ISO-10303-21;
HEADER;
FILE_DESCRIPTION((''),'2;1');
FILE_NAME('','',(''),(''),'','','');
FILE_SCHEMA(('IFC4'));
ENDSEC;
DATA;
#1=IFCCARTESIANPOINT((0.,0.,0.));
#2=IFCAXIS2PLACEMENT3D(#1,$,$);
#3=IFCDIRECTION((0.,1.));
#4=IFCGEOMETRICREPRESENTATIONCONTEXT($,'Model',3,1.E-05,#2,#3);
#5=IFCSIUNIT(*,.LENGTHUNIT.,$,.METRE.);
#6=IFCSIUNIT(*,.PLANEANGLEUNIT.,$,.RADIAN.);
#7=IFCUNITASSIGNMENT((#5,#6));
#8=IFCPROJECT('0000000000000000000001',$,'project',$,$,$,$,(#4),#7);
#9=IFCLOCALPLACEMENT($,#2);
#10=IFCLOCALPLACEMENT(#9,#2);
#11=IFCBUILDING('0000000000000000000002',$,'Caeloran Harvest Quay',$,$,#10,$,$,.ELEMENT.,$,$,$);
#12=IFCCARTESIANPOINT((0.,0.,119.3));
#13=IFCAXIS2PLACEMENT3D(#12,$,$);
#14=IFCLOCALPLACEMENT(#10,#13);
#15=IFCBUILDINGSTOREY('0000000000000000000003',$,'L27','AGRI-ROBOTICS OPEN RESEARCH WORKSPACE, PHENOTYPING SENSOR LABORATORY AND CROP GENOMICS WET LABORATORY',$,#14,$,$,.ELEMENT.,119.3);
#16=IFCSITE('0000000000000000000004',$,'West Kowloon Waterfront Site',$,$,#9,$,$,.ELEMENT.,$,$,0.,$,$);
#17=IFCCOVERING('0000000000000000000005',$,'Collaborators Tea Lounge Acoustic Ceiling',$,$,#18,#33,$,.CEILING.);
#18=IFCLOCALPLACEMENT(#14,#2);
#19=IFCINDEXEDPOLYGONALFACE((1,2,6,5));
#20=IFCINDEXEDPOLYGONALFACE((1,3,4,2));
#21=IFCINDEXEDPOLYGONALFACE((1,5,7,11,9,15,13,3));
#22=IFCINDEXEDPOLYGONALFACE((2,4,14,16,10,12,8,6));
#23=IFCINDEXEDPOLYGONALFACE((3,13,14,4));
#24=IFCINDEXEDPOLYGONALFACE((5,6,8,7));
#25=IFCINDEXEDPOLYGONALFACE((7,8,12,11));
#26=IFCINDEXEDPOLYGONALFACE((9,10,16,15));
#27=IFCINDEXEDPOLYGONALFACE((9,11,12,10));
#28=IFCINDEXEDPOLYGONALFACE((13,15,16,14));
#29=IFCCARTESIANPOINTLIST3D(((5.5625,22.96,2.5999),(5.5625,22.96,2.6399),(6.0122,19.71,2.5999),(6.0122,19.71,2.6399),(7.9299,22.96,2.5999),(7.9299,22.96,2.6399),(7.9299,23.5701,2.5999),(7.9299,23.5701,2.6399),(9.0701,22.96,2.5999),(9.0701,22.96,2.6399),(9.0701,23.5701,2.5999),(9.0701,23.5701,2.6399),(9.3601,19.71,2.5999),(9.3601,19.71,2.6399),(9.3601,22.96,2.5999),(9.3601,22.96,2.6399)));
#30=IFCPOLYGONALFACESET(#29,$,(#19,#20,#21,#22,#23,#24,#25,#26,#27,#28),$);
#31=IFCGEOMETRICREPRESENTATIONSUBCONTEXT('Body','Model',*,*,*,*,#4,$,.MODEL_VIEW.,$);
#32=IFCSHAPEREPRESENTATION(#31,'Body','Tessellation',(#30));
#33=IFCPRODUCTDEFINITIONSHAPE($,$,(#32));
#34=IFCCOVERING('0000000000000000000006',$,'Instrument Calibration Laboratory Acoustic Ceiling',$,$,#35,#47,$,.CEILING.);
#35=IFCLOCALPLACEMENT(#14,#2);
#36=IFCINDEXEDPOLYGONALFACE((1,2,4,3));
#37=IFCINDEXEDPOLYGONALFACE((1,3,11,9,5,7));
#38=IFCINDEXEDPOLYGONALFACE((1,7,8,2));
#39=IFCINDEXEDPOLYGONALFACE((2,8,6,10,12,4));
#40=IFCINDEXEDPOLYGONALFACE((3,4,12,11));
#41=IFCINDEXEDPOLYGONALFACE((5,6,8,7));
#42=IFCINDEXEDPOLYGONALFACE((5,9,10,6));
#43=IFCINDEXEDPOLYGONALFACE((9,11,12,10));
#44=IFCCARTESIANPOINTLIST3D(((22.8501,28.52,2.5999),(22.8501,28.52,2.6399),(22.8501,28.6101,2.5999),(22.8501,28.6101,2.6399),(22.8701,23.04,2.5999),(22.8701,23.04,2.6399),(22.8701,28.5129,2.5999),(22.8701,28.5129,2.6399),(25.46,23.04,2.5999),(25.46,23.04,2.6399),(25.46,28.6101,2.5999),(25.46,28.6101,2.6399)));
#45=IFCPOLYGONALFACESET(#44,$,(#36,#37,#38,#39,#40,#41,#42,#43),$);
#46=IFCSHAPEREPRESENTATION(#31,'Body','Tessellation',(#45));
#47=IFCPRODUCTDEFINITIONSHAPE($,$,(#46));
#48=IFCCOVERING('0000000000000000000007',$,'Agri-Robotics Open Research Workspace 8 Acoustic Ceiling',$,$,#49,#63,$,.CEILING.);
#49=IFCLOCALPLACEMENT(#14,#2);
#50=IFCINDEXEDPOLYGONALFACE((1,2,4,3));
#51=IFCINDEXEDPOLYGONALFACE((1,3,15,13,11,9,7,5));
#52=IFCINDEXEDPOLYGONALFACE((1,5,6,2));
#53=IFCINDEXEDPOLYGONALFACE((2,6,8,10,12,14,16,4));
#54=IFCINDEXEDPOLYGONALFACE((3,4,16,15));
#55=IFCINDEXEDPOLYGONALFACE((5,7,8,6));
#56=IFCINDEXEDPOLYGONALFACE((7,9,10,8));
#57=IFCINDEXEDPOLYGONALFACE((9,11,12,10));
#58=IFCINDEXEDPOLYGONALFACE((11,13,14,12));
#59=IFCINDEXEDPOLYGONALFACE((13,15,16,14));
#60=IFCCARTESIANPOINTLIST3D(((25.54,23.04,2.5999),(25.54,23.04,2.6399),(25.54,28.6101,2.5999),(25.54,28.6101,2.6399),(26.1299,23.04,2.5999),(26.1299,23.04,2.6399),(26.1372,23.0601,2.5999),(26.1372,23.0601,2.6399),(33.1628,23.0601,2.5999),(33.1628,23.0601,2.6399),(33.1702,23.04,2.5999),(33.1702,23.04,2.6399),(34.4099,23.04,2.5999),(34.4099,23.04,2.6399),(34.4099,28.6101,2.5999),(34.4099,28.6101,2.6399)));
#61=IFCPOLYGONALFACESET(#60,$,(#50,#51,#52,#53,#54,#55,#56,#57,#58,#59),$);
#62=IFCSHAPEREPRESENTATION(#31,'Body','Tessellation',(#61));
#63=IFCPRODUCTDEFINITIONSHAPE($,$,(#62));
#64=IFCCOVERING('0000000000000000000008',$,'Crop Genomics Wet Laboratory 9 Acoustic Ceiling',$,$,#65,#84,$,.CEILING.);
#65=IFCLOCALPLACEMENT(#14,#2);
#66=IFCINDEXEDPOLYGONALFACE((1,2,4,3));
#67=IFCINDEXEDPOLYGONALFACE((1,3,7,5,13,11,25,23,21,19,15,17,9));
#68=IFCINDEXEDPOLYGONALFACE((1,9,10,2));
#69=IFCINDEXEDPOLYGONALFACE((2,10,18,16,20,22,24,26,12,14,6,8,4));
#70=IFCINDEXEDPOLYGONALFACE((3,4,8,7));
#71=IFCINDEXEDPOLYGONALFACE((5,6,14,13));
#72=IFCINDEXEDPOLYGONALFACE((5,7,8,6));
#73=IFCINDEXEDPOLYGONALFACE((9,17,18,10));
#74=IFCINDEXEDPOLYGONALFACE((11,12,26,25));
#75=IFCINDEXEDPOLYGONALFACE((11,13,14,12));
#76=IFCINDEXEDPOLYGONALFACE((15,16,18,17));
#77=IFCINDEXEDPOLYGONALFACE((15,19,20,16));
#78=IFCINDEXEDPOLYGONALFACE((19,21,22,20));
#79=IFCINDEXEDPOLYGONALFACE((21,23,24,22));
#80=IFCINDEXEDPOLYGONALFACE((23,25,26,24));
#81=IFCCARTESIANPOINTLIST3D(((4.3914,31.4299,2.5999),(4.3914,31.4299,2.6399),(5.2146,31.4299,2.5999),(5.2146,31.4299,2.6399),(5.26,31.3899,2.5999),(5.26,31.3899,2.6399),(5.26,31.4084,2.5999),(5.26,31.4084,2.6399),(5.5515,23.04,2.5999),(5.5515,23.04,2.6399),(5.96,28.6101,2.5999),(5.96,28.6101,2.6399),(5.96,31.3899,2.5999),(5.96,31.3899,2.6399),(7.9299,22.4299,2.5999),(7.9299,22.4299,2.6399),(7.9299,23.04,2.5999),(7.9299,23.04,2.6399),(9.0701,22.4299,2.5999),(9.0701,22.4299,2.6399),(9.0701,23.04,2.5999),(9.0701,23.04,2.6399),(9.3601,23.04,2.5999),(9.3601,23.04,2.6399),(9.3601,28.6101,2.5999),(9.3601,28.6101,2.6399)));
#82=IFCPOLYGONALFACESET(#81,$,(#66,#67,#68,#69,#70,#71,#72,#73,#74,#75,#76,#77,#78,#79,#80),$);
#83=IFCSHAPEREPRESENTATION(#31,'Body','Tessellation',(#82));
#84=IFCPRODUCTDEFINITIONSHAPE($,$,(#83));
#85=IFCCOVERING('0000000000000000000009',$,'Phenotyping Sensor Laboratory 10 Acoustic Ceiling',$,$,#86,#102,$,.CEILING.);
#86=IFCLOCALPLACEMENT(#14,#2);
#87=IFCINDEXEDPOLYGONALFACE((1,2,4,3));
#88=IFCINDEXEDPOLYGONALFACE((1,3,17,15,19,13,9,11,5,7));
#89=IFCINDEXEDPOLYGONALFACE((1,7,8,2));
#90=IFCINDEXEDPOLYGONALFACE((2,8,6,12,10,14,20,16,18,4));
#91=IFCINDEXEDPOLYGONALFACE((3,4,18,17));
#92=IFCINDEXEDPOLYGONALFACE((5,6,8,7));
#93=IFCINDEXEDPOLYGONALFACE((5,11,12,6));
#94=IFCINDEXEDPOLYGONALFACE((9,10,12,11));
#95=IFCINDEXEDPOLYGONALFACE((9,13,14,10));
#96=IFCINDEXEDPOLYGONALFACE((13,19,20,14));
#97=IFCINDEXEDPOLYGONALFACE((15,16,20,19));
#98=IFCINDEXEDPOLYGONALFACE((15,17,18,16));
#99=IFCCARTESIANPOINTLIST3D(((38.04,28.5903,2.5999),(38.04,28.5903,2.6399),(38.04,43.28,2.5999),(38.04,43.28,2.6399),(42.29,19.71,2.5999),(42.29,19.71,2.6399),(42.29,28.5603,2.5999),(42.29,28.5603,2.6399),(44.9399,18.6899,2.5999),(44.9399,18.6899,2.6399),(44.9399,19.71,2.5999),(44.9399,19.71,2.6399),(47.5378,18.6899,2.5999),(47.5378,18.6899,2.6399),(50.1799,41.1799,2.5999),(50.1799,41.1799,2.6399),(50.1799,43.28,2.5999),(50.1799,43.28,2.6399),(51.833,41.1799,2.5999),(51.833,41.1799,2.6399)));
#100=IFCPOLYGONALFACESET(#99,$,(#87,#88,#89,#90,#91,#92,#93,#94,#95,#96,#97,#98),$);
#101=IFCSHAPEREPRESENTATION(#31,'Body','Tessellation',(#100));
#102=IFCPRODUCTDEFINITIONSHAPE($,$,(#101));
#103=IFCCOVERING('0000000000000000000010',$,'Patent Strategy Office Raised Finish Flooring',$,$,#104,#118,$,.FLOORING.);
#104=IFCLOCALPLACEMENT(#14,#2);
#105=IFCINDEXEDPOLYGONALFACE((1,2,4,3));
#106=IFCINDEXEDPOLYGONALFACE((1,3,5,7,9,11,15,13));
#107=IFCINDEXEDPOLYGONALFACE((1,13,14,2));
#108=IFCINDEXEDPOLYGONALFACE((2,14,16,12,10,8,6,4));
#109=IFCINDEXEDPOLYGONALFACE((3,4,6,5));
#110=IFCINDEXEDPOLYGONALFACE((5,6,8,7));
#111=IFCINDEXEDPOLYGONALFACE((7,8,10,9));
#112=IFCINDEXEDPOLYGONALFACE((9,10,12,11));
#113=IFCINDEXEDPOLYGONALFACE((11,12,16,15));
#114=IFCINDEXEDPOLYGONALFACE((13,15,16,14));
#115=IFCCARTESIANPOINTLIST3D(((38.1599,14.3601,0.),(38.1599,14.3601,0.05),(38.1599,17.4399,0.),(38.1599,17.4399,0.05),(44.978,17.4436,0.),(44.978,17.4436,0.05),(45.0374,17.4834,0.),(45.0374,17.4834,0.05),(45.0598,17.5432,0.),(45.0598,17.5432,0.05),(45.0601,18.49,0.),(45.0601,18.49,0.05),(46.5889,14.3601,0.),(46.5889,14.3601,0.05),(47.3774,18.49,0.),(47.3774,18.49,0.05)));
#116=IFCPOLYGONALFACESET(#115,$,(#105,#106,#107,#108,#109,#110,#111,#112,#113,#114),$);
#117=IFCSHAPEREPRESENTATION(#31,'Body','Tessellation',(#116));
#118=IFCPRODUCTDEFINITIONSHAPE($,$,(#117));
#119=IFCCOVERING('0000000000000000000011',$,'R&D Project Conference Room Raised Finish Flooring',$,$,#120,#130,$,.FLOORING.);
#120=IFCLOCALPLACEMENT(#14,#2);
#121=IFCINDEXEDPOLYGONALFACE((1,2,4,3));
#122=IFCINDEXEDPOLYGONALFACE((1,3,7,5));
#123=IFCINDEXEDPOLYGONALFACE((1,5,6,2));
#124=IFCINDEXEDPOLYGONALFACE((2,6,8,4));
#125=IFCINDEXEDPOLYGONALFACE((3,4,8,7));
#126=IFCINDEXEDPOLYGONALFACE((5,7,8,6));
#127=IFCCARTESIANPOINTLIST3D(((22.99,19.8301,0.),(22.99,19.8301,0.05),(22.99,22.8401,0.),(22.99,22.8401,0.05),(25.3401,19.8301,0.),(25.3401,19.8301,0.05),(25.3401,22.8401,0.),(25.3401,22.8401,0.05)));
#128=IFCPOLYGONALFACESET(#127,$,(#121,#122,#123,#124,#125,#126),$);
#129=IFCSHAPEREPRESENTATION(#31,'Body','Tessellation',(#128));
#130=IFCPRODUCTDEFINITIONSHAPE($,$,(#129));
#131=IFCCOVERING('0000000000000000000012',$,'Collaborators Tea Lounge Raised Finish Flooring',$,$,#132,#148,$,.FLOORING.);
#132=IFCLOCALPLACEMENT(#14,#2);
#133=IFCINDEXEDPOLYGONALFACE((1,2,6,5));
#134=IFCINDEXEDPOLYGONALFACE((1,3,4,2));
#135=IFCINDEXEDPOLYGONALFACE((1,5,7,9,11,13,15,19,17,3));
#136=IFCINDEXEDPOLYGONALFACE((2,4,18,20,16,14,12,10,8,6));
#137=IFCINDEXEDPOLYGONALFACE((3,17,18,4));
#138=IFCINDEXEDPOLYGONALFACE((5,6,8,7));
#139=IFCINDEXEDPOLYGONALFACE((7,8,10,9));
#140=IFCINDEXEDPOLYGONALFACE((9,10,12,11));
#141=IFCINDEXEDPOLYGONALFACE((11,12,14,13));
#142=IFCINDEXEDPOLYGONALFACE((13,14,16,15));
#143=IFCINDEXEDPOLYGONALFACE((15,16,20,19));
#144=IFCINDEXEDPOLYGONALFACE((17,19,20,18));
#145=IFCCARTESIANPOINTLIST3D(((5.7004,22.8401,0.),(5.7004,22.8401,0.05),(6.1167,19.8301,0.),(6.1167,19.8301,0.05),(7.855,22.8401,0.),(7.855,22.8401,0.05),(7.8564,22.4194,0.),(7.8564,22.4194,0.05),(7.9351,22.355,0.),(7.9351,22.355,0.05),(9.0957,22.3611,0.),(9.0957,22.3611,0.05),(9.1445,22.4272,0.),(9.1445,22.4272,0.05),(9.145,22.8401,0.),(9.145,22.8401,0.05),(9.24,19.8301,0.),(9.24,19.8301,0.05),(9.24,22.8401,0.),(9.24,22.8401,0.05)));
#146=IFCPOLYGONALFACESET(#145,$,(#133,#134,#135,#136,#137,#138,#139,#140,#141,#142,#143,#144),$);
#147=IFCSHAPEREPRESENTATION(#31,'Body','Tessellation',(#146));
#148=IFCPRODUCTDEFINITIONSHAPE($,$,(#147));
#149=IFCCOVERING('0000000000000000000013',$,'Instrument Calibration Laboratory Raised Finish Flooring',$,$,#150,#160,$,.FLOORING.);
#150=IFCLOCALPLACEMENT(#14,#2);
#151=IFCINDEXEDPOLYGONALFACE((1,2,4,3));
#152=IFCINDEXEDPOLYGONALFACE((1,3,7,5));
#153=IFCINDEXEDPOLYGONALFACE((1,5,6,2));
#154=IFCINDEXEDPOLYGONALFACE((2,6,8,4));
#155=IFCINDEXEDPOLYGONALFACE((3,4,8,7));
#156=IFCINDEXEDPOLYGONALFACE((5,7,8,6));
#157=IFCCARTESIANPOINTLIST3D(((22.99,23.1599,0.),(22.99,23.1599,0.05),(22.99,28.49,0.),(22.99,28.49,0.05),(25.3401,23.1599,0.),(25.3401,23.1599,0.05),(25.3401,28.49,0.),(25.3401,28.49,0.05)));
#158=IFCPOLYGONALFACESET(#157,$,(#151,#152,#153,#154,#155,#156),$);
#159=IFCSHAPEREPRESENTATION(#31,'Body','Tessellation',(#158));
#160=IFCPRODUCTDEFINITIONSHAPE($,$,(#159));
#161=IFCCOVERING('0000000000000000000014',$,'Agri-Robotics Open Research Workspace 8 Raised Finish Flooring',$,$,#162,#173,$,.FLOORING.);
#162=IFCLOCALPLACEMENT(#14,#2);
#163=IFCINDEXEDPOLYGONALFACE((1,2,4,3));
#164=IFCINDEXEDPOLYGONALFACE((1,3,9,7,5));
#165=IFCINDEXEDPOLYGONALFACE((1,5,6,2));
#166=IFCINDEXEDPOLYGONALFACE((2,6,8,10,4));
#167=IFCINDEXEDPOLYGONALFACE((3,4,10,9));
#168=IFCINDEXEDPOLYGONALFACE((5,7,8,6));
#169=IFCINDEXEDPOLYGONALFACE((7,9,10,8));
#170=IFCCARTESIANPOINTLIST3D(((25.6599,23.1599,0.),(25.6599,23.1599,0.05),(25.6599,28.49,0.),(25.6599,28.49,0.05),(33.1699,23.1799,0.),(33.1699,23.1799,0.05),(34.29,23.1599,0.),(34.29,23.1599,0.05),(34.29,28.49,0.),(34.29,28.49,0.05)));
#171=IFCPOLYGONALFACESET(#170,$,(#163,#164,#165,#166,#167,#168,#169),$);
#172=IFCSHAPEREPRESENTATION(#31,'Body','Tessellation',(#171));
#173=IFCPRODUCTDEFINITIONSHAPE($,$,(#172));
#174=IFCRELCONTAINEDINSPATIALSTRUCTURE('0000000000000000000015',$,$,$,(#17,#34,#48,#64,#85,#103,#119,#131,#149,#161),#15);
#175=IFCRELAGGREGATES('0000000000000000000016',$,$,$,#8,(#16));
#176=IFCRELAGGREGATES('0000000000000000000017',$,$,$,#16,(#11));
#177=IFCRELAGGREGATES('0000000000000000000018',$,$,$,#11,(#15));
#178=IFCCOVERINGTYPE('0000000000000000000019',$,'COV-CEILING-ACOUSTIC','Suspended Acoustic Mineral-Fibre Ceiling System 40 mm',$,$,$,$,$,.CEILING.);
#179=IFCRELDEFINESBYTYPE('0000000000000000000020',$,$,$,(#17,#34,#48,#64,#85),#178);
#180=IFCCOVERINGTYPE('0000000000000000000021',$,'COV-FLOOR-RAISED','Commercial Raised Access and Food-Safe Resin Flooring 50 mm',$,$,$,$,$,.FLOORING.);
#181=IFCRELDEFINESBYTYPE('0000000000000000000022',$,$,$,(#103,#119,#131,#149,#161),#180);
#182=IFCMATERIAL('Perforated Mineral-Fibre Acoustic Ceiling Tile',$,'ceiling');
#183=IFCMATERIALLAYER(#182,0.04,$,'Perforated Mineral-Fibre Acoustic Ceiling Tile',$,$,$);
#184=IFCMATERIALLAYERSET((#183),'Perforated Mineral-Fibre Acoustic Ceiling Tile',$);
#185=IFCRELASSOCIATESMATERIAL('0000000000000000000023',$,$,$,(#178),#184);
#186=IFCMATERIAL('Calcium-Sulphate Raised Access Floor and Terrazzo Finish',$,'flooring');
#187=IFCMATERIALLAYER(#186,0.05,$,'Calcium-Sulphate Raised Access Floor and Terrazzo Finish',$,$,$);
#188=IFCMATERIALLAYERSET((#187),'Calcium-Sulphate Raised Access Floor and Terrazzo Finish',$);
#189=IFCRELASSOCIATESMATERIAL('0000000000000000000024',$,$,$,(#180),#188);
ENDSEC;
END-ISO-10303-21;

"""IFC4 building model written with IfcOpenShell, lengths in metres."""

from ifc_helpers import new_model, si_unit, direction, frame, origin, place, context, subcontext, project, spatial, polyline, outline, extrude, material, layer, layer_set, type_object, element, save


model = new_model("IFC4")

# Units and contexts
model_context = context("Model", 3, precision=1e-05, world=origin(), true_north=direction((0.0, 1.0)))
body_context = subcontext(model_context, "Body", "Model", "MODEL_VIEW")
ifc_project = project(units=[si_unit("LENGTHUNIT", "METRE"), si_unit("PLANEANGLEUNIT", "RADIAN")], contexts=[model_context])

# Site, building, storey
site_placement = place(None, origin())
site = spatial("IfcSite", under=ifc_project, at=site_placement, Name="West Kowloon Waterfront Site", CompositionType="ELEMENT", RefElevation=0.0)
building_placement = place(site_placement, origin())
building = spatial("IfcBuilding", under=site, at=building_placement, Name="Caeloran Harvest Quay", CompositionType="ELEMENT")
storey_placement = place(building_placement, frame((0.0, 0.0, 119.3)))
storey = spatial("IfcBuildingStorey", under=building, at=storey_placement, Name="L27", Description="AGRI-ROBOTICS OPEN RESEARCH WORKSPACE, PHENOTYPING SENSOR LABORATORY AND CROP GENOMICS WET LABORATORY", CompositionType="ELEMENT", Elevation=119.3)

# Coverings
ifc_material_1 = material(Name="Perforated Mineral-Fibre Acoustic Ceiling Tile", Category="ceiling")
ifc_layer_1 = layer(ifc_material_1, 0.04, Name="Perforated Mineral-Fibre Acoustic Ceiling Tile")
ifc_layer_set_1 = layer_set([ifc_layer_1], Name="Perforated Mineral-Fibre Acoustic Ceiling Tile")
covering_type_1 = type_object("IfcCoveringType", Name="COV-CEILING-ACOUSTIC", Description="Suspended Acoustic Mineral-Fibre Ceiling System 40 mm", PredefinedType="CEILING", material=ifc_layer_set_1)
covering_1_placement = place(storey_placement, frame((0.0, 0.0, 2.5999)))
element("IfcCovering", 1, at=covering_1_placement, inside=storey, type_object=covering_type_1, Name="Collaborators Tea Lounge Acoustic Ceiling", PredefinedType="CEILING", context=body_context, shape_type="SweptSolid", body=[
    extrude(outline(polyline([(9.3601, 22.96), (9.3601, 19.71), (6.0122, 19.71), (5.5625, 22.96), (7.9299, 22.96), (7.9299, 23.5701), (9.0701, 23.5701), (9.0701, 22.96), (9.3601, 22.96)])), origin(), (0.0, 0.0, 1.0), 0.04),
])
covering_2_placement = place(storey_placement, frame((0.0, 0.0, 2.5999)))
element("IfcCovering", 2, at=covering_2_placement, inside=storey, type_object=covering_type_1, Name="Instrument Calibration Laboratory Acoustic Ceiling", PredefinedType="CEILING", context=body_context, shape_type="SweptSolid", body=[
    extrude(outline(polyline([(22.8701, 28.5129), (22.8501, 28.52), (22.8501, 28.6101), (25.46, 28.6101), (25.46, 23.04), (22.8701, 23.04), (22.8701, 28.5129)])), origin(), (0.0, 0.0, 1.0), 0.04),
])
covering_3_placement = place(storey_placement, frame((0.0, 0.0, 2.5999)))
element("IfcCovering", 3, at=covering_3_placement, inside=storey, type_object=covering_type_1, Name="Agri-Robotics Open Research Workspace 8 Acoustic Ceiling", PredefinedType="CEILING", context=body_context, shape_type="SweptSolid", body=[
    extrude(outline(polyline([(26.1372, 23.0601), (26.1299, 23.04), (25.54, 23.04), (25.54, 28.6101), (34.4099, 28.6101), (34.4099, 23.04), (33.1702, 23.04), (33.1628, 23.0601), (26.1372, 23.0601)])), origin(), (0.0, 0.0, 1.0), 0.04),
])
covering_4_placement = place(storey_placement, frame((0.0, 0.0, 2.5999)))
element("IfcCovering", 4, at=covering_4_placement, inside=storey, type_object=covering_type_1, Name="Crop Genomics Wet Laboratory 9 Acoustic Ceiling", PredefinedType="CEILING", context=body_context, shape_type="SweptSolid", body=[
    extrude(outline(polyline([(9.0701, 22.4299), (7.9299, 22.4299), (7.9299, 23.04), (5.5515, 23.04), (4.3914, 31.4299), (5.2146, 31.4299), (5.26, 31.4084), (5.26, 31.3899), (5.96, 31.3899), (5.96, 28.6101), (9.3601, 28.6101), (9.3601, 23.04), (9.0701, 23.04), (9.0701, 22.4299)])), origin(), (0.0, 0.0, 1.0), 0.04),
])
covering_5_placement = place(storey_placement, frame((0.0, 0.0, 2.5999)))
element("IfcCovering", 5, at=covering_5_placement, inside=storey, type_object=covering_type_1, Name="Phenotyping Sensor Laboratory 10 Acoustic Ceiling", PredefinedType="CEILING", context=body_context, shape_type="SweptSolid", body=[
    extrude(outline(polyline([(50.1799, 41.1799), (51.833, 41.1799), (47.5378, 18.6899), (44.9399, 18.6899), (44.9399, 19.71), (42.29, 19.71), (42.29, 28.5603), (38.04, 28.5903), (38.04, 43.28), (50.1799, 43.28), (50.1799, 41.1799)])), origin(), (0.0, 0.0, 1.0), 0.04),
])
ifc_material_2 = material(Name="Calcium-Sulphate Raised Access Floor and Terrazzo Finish", Category="flooring")
ifc_layer_2 = layer(ifc_material_2, 0.05, Name="Calcium-Sulphate Raised Access Floor and Terrazzo Finish")
ifc_layer_set_2 = layer_set([ifc_layer_2], Name="Calcium-Sulphate Raised Access Floor and Terrazzo Finish")
covering_type_2 = type_object("IfcCoveringType", Name="COV-FLOOR-RAISED", Description="Commercial Raised Access and Food-Safe Resin Flooring 50 mm", PredefinedType="FLOORING", material=ifc_layer_set_2)
covering_6_placement = place(storey_placement, origin())
element("IfcCovering", 6, at=covering_6_placement, inside=storey, type_object=covering_type_2, Name="Patent Strategy Office Raised Finish Flooring", PredefinedType="FLOORING", context=body_context, shape_type="SweptSolid", body=[
    extrude(outline(polyline([(44.978, 17.4436), (45.0374, 17.4834), (45.0598, 17.5432), (45.0601, 18.49), (47.3774, 18.49), (46.5889, 14.3601), (38.1599, 14.3601), (38.1599, 17.4399), (44.978, 17.4436)])), origin(), (0.0, 0.0, 1.0), 0.05),
])
covering_7_placement = place(storey_placement, origin())
element("IfcCovering", 7, at=covering_7_placement, inside=storey, type_object=covering_type_2, Name="R&D Project Conference Room Raised Finish Flooring", PredefinedType="FLOORING", context=body_context, shape_type="SweptSolid", body=[
    extrude(outline(polyline([(25.3401, 19.8301), (22.99, 19.8301), (22.99, 22.8401), (25.3401, 22.8401), (25.3401, 19.8301)])), origin(), (0.0, 0.0, 1.0), 0.05),
])
covering_8_placement = place(storey_placement, origin())
element("IfcCovering", 8, at=covering_8_placement, inside=storey, type_object=covering_type_2, Name="Collaborators Tea Lounge Raised Finish Flooring", PredefinedType="FLOORING", context=body_context, shape_type="SweptSolid", body=[
    extrude(outline(polyline([(7.855, 22.8401), (7.8564, 22.4194), (7.9351, 22.355), (9.0957, 22.3611), (9.1445, 22.4272), (9.145, 22.8401), (9.24, 22.8401), (9.24, 19.8301), (6.1167, 19.8301), (5.7004, 22.8401), (7.855, 22.8401)])), origin(), (0.0, 0.0, 1.0), 0.05),
])
covering_9_placement = place(storey_placement, origin())
element("IfcCovering", 9, at=covering_9_placement, inside=storey, type_object=covering_type_2, Name="Instrument Calibration Laboratory Raised Finish Flooring", PredefinedType="FLOORING", context=body_context, shape_type="SweptSolid", body=[
    extrude(outline(polyline([(22.99, 28.49), (25.3401, 28.49), (25.3401, 23.1599), (22.99, 23.1599), (22.99, 28.49)])), origin(), (0.0, 0.0, 1.0), 0.05),
])
covering_10_placement = place(storey_placement, origin())
element("IfcCovering", 10, at=covering_10_placement, inside=storey, type_object=covering_type_2, Name="Agri-Robotics Open Research Workspace 8 Raised Finish Flooring", PredefinedType="FLOORING", context=body_context, shape_type="SweptSolid", body=[
    extrude(outline(polyline([(33.1699, 23.1799), (25.6599, 23.1599), (25.6599, 28.49), (34.29, 28.49), (34.29, 23.1599), (33.1699, 23.1799)])), origin(), (0.0, 0.0, 1.0), 0.05),
])

save(model, "model.ifc")
